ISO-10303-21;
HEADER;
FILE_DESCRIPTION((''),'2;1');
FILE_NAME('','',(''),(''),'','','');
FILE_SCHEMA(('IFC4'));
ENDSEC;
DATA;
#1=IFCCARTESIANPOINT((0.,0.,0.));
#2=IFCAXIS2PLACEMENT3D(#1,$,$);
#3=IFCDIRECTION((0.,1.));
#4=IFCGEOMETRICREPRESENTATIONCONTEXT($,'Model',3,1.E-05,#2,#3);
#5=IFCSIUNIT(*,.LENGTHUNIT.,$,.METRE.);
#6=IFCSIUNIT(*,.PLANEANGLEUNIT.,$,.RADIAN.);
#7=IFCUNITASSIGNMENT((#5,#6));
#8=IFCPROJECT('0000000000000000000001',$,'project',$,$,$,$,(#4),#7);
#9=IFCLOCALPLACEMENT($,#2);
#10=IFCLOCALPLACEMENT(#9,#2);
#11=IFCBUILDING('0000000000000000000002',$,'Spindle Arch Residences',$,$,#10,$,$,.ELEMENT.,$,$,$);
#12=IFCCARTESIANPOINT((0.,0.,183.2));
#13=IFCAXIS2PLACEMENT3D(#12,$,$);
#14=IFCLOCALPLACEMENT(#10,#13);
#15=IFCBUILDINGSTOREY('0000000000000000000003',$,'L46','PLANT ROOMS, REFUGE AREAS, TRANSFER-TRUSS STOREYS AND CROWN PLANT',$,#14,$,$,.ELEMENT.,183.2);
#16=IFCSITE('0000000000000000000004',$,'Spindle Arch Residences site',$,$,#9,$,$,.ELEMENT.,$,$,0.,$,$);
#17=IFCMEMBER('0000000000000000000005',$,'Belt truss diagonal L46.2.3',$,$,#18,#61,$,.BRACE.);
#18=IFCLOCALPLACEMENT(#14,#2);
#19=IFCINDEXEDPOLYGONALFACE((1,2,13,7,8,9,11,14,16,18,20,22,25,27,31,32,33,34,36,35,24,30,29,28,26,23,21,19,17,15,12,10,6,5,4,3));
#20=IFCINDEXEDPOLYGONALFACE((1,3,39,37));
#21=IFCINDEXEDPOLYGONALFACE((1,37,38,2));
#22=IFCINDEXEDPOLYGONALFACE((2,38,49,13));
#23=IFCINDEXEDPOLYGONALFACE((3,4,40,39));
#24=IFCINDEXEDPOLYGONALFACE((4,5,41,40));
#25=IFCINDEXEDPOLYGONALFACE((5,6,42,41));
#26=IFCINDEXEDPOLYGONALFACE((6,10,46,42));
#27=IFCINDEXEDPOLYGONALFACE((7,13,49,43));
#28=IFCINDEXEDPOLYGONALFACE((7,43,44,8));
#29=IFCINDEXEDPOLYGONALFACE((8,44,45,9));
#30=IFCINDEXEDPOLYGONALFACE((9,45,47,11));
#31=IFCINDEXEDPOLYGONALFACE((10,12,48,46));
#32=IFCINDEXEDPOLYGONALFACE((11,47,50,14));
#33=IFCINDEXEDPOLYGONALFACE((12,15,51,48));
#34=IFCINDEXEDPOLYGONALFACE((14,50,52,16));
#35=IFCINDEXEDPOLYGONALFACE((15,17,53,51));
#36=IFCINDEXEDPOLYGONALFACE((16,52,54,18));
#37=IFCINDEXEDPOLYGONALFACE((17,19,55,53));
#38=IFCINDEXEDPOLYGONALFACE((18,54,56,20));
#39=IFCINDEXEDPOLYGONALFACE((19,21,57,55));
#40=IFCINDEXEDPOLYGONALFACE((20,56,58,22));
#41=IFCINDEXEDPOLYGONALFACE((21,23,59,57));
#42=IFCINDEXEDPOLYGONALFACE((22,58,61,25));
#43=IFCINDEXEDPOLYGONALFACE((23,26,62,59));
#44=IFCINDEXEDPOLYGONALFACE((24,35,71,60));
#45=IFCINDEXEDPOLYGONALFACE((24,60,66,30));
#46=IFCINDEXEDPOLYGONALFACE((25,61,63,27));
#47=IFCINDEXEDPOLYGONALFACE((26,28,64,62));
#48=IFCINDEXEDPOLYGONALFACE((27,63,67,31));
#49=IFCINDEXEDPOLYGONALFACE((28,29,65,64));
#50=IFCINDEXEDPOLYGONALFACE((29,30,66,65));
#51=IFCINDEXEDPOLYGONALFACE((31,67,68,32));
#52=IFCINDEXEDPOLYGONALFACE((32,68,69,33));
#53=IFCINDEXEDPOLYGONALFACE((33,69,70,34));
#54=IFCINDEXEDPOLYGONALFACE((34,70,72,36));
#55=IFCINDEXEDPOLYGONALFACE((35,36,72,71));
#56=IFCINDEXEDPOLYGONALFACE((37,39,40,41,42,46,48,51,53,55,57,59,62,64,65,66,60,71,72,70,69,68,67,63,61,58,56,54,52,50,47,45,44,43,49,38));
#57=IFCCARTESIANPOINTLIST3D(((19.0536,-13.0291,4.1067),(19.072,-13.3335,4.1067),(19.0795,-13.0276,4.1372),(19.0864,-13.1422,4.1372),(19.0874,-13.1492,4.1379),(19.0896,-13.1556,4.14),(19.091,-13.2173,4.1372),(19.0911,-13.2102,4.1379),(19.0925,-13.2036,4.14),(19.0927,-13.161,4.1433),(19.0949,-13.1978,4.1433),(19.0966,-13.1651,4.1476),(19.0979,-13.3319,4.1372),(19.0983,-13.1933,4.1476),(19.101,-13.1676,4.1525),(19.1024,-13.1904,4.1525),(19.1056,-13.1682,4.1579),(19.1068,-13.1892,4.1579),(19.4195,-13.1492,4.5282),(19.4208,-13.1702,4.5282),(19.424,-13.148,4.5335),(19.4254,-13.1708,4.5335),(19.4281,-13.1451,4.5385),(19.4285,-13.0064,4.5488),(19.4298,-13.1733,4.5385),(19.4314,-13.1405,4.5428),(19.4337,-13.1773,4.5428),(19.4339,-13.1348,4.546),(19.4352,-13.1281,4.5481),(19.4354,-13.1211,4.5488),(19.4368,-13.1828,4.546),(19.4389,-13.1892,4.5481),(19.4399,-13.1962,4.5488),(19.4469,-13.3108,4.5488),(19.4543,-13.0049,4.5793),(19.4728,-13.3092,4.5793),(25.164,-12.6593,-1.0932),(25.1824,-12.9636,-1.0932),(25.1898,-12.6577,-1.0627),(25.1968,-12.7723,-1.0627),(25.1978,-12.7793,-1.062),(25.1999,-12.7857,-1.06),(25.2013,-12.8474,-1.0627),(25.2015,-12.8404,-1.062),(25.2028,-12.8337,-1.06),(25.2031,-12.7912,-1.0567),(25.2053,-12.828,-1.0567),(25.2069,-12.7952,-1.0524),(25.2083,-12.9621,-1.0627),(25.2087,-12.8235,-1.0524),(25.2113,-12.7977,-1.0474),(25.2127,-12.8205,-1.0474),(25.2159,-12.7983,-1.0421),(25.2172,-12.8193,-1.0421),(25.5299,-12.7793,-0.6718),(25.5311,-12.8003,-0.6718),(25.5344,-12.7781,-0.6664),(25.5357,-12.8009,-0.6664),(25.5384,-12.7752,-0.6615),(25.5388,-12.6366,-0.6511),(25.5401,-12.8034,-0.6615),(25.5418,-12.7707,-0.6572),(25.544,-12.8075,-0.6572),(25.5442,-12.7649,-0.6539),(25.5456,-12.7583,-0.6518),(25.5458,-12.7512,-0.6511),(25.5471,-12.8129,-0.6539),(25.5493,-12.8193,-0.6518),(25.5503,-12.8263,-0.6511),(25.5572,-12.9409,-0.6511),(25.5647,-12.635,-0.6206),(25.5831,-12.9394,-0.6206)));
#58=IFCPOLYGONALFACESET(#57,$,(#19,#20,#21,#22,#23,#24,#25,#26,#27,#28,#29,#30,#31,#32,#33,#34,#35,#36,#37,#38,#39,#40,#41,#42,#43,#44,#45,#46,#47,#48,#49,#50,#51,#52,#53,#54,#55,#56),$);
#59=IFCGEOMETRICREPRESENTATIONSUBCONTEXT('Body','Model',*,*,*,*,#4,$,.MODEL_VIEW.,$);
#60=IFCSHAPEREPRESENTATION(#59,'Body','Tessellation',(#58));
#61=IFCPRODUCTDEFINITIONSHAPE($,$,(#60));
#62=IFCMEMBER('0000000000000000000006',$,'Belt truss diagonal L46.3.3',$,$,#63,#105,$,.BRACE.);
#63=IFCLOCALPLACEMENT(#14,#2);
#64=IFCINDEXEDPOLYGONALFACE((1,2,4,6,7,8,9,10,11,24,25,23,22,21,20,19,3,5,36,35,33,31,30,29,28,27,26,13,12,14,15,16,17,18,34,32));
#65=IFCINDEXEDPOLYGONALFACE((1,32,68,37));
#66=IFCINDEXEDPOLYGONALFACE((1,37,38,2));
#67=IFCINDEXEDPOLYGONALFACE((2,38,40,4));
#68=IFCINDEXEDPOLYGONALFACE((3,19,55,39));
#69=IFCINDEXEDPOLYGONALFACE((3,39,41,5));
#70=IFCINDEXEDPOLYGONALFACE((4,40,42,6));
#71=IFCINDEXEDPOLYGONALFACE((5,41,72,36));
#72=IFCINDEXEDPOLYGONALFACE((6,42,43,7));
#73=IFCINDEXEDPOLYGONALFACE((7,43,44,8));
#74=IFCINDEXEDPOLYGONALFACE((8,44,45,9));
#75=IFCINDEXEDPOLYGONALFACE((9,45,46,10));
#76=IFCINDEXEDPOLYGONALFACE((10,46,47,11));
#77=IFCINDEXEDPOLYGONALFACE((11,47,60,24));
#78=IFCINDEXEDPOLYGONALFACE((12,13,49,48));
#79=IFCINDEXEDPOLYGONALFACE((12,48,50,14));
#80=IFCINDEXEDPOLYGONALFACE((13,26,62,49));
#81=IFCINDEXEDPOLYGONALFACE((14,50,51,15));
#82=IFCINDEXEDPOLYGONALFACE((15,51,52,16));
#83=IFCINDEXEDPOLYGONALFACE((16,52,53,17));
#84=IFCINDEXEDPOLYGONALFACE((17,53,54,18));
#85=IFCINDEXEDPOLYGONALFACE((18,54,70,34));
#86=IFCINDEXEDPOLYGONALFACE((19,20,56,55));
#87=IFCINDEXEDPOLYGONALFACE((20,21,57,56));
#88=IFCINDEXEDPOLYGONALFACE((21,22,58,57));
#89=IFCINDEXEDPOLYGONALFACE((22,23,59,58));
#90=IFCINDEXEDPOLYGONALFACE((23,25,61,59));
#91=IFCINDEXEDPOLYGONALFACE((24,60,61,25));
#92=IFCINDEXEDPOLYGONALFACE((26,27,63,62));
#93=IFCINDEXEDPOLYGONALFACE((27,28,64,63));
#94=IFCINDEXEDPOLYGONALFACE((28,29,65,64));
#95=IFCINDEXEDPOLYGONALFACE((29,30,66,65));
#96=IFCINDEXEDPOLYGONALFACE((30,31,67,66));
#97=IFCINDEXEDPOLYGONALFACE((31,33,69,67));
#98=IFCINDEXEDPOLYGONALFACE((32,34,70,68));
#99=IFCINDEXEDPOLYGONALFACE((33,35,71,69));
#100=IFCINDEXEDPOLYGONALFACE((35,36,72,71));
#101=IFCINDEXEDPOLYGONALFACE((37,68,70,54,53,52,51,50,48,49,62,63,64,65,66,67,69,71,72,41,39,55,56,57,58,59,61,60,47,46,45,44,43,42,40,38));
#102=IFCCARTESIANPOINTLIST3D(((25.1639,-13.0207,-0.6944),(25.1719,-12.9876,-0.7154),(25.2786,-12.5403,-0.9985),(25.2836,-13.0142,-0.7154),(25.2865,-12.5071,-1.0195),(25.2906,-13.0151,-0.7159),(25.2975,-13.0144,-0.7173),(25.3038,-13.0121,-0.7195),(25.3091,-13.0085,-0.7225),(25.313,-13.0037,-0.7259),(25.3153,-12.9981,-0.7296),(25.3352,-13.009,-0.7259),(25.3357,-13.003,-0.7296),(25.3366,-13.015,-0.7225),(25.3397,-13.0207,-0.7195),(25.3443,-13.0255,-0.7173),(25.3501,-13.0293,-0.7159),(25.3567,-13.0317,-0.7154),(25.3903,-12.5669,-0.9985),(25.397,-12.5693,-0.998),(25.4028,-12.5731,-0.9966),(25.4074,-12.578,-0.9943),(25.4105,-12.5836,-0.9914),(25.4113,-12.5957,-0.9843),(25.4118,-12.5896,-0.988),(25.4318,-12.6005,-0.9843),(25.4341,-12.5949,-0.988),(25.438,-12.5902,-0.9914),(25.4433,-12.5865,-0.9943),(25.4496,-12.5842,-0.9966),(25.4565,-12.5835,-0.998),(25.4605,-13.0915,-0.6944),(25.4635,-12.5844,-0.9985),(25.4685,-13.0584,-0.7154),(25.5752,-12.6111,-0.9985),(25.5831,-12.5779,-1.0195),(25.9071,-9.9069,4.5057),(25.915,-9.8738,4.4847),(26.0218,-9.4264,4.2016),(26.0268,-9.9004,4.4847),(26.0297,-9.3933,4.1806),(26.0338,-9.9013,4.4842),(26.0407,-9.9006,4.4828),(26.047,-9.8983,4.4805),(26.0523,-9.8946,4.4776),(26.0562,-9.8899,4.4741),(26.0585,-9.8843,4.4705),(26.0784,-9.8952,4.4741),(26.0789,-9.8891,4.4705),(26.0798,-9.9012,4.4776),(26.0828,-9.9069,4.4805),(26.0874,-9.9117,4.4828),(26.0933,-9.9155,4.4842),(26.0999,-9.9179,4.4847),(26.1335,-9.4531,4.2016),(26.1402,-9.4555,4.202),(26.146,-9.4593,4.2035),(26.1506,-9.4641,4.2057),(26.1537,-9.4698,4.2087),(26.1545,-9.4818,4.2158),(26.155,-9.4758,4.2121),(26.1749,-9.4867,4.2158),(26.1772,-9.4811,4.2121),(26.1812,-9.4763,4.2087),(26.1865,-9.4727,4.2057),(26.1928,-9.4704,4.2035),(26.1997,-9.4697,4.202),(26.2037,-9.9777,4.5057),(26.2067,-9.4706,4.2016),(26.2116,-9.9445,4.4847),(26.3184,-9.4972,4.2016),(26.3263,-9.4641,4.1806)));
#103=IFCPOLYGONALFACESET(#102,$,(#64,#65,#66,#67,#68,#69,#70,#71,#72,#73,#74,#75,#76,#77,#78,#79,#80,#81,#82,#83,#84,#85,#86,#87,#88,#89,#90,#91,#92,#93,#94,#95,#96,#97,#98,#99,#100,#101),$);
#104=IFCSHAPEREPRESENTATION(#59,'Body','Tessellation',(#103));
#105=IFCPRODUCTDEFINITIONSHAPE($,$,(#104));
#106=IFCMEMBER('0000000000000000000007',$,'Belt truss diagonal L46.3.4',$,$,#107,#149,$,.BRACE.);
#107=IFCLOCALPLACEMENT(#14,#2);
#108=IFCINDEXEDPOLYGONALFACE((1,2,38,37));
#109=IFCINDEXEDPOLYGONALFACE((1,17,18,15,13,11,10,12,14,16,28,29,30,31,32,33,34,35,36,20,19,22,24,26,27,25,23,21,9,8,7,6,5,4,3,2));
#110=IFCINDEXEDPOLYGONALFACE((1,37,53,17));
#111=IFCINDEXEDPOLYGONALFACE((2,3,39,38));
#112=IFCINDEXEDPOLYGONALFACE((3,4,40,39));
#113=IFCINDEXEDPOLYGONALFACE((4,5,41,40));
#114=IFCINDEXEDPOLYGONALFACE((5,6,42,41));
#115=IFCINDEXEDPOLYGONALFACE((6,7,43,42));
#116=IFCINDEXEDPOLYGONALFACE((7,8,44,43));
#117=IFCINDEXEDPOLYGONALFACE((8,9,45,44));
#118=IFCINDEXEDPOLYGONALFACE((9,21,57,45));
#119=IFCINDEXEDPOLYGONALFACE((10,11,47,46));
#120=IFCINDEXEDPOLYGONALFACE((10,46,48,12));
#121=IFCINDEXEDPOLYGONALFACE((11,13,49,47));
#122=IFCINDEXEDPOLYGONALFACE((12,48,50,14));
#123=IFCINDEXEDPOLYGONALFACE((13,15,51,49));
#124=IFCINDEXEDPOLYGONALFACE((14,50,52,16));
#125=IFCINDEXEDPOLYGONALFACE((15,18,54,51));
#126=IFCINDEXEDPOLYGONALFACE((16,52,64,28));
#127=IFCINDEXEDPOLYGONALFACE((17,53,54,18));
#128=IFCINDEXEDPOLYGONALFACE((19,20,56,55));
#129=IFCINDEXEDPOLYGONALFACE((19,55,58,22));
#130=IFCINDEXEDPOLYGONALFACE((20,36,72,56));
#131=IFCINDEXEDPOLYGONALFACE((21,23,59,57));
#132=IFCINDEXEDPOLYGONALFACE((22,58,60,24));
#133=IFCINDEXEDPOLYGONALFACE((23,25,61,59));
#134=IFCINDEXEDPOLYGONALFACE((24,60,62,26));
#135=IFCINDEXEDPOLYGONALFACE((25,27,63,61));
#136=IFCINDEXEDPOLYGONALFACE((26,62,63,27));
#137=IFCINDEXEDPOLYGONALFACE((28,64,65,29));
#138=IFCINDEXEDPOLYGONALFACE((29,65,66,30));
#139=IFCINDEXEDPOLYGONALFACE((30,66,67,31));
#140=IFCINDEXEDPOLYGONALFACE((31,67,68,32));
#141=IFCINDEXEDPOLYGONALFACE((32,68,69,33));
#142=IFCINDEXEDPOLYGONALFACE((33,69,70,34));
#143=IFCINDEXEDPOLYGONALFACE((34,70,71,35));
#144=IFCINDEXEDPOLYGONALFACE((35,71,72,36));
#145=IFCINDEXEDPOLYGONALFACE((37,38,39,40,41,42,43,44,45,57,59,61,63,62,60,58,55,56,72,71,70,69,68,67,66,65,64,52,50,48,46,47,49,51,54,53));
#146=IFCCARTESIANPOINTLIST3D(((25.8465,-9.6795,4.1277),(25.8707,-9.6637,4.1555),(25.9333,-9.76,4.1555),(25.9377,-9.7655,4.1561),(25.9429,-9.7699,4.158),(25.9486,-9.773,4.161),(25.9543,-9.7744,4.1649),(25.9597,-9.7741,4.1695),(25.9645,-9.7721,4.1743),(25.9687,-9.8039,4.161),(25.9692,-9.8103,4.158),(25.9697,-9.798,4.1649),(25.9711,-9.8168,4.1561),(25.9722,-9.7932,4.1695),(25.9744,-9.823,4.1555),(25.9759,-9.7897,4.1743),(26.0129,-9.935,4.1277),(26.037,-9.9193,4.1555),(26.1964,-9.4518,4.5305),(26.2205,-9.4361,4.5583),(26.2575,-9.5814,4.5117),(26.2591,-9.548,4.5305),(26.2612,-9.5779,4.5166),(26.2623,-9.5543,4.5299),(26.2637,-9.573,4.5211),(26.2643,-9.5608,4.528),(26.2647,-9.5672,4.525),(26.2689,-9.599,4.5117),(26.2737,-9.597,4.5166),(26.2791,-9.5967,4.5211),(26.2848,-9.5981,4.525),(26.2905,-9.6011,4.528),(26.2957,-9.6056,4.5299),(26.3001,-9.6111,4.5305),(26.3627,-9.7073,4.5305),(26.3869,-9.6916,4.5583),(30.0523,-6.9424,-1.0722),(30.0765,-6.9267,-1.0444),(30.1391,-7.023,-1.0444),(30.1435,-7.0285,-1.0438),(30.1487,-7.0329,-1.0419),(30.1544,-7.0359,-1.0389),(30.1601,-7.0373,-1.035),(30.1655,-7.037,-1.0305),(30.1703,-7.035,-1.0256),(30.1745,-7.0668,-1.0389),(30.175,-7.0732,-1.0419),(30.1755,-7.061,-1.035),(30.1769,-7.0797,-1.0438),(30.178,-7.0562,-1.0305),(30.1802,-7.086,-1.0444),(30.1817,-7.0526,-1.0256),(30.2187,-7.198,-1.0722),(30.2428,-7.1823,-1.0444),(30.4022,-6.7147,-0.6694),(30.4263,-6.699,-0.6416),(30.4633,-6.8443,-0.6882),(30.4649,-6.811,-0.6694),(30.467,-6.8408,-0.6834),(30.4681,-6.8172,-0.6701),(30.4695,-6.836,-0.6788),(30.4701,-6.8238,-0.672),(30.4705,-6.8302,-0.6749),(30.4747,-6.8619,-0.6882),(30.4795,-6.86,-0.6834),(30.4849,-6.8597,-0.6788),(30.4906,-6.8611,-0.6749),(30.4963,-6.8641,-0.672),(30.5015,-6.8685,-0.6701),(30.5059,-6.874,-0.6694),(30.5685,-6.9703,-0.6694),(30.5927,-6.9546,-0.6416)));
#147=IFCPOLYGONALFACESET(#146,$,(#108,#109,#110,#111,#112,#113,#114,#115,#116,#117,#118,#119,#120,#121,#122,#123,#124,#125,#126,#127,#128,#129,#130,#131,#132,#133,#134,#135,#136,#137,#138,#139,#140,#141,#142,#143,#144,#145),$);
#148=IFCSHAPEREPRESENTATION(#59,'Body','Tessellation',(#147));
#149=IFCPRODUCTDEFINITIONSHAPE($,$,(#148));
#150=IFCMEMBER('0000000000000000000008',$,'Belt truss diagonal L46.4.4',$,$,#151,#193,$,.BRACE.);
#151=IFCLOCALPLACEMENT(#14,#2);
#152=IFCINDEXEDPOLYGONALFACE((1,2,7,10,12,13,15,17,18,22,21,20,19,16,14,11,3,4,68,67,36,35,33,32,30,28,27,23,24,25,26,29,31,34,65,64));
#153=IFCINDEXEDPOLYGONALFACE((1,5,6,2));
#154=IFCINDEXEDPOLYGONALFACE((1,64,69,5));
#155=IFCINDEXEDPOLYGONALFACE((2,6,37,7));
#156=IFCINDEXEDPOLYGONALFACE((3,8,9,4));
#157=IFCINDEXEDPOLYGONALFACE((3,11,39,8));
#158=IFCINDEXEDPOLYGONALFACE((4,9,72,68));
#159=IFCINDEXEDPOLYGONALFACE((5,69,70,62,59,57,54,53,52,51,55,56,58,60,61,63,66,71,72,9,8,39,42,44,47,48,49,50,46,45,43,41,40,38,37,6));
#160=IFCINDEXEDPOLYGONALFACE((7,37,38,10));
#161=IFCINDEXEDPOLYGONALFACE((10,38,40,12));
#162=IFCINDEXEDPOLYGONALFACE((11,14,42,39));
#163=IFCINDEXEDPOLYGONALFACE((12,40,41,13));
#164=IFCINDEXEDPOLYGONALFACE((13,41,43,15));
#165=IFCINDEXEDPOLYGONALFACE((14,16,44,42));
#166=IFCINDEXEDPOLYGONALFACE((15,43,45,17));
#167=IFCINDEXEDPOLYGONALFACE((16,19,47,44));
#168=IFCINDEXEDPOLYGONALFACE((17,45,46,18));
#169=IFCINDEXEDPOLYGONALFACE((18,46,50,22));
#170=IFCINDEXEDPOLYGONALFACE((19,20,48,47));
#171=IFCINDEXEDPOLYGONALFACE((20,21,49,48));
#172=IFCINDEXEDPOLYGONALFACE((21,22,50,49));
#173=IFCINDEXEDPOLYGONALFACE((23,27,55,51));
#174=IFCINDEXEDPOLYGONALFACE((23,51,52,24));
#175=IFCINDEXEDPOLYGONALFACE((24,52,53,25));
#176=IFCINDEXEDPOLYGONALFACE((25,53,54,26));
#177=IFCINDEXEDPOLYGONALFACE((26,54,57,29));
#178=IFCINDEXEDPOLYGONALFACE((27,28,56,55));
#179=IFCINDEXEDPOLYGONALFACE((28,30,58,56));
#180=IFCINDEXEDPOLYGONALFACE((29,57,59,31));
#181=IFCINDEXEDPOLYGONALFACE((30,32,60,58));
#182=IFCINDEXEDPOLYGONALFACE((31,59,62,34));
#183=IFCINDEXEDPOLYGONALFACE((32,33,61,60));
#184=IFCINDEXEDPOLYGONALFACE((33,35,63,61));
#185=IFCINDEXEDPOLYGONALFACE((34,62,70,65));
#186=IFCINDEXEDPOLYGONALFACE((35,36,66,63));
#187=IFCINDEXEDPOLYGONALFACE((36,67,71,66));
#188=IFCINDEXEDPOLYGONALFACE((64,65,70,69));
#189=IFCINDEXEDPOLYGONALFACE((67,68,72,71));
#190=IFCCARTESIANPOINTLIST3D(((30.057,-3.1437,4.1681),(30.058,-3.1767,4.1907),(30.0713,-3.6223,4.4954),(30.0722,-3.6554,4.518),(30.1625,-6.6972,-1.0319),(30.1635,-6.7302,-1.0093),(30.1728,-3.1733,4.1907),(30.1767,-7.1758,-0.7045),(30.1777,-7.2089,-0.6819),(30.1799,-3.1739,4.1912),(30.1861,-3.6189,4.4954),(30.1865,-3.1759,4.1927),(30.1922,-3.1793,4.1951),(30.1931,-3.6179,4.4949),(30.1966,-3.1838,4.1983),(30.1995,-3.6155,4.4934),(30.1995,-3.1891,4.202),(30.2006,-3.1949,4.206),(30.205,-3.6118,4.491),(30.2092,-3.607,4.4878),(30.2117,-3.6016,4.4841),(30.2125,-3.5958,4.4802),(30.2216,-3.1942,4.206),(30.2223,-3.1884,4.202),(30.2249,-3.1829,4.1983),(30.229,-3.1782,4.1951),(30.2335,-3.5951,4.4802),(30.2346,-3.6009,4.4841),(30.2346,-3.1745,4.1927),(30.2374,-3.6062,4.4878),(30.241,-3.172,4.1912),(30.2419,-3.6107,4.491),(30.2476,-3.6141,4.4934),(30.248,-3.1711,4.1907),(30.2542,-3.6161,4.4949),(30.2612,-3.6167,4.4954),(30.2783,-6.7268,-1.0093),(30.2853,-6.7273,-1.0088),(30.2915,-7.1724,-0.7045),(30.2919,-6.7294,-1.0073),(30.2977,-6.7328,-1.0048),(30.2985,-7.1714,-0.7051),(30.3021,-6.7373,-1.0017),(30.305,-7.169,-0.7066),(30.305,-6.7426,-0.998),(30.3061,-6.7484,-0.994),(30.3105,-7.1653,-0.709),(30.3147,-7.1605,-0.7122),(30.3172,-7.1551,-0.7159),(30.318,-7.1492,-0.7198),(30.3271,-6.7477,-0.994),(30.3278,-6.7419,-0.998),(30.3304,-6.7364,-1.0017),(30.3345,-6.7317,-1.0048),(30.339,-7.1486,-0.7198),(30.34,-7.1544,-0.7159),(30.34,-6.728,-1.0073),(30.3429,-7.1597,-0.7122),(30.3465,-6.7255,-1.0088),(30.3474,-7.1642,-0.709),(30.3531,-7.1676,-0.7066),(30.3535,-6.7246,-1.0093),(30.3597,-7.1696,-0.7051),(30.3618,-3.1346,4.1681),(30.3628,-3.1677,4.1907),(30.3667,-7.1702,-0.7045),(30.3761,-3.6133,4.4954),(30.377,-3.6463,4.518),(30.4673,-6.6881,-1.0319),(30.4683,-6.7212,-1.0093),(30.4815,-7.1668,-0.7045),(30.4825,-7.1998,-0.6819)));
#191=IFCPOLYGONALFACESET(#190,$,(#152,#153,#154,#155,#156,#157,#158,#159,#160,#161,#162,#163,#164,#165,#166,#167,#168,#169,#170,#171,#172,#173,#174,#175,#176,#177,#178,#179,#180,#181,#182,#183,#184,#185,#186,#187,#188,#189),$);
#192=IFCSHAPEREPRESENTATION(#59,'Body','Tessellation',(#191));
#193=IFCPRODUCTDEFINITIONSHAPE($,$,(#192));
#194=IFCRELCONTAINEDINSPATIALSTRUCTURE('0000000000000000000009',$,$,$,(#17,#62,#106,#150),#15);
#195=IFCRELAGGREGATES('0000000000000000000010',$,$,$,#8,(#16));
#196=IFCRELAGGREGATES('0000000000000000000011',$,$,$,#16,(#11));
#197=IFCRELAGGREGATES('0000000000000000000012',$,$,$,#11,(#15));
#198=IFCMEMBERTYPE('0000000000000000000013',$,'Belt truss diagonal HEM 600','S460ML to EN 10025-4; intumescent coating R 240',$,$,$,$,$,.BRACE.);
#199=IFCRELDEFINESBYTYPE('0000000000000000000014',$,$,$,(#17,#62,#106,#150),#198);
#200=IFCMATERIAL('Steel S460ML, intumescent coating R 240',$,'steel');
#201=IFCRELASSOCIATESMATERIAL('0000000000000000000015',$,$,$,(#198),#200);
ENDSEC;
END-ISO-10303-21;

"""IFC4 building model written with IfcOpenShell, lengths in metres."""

from ifc_helpers import new_model, si_unit, direction, frame, origin, origin_2d, place, context, subcontext, project, spatial, i_section, extrude, material, material_profile, profile_set, type_object, element, save


model = new_model("IFC4")

# Units and contexts
model_context = context("Model", 3, precision=1e-05, world=origin(), true_north=direction((0.0, 1.0)))
body_context = subcontext(model_context, "Body", "Model", "MODEL_VIEW")
ifc_project = project(units=[si_unit("LENGTHUNIT", "METRE"), si_unit("PLANEANGLEUNIT", "RADIAN")], contexts=[model_context])

# Site, building, storey
site_placement = place(None, origin())
site = spatial("IfcSite", under=ifc_project, at=site_placement, Name="Spindle Arch Residences site", CompositionType="ELEMENT", RefElevation=0.0)
building_placement = place(site_placement, origin())
building = spatial("IfcBuilding", under=site, at=building_placement, Name="Spindle Arch Residences", CompositionType="ELEMENT")
storey_placement = place(building_placement, frame((0.0, 0.0, 183.2)))
storey = spatial("IfcBuildingStorey", under=building, at=storey_placement, Name="L46", Description="PLANT ROOMS, REFUGE AREAS, TRANSFER-TRUSS STOREYS AND CROWN PLANT", CompositionType="ELEMENT", Elevation=183.2)

# Members
ifc_material_1 = material(Name="Steel S460ML, intumescent coating R 240", Category="steel")
ifc_material_profile_1 = material_profile(ifc_material_1, i_section(OverallWidth=0.3049, OverallDepth=0.6201, WebThickness=0.021, FlangeThickness=0.04, FilletRadius=0.0271, at=origin_2d()), Name="HEM 600")
ifc_profile_set_1 = profile_set([ifc_material_profile_1], Name="Steel S460ML, intumescent coating R 240")
member_type_1 = type_object("IfcMemberType", Name="Belt truss diagonal HEM 600", Description="S460ML to EN 10025-4; intumescent coating R 240", PredefinedType="BRACE", material=ifc_profile_set_1)
member_1_placement = place(storey_placement, frame((25.3735, -12.7993, -0.8569), z_axis=(-0.760753, -0.04605, 0.647406), x_axis=(0.060422, -0.998173, 0.0)))
element("IfcMember", 1, at=member_1_placement, inside=storey, type_object=member_type_1, Name="Belt truss diagonal L46.2.3", PredefinedType="BRACE", context=body_context, shape_type="SweptSolid", body=[
    extrude(i_section(OverallWidth=0.3049, OverallDepth=0.6201, WebThickness=0.021, FlangeThickness=0.04, FilletRadius=0.0271, at=origin_2d()), origin(), (0.0, 0.0, 1.0), 8.032),
])
member_2_placement = place(storey_placement, frame((25.3735, -12.7993, -0.8569), z_axis=(0.121704, 0.509924, 0.851566), x_axis=(-0.97268, 0.23215, 0.0)))
element("IfcMember", 2, at=member_2_placement, inside=storey, type_object=member_type_1, Name="Belt truss diagonal L46.3.3", PredefinedType="BRACE", context=body_context, shape_type="SweptSolid", body=[
    extrude(i_section(OverallWidth=0.3049, OverallDepth=0.6201, WebThickness=0.021, FlangeThickness=0.04, FilletRadius=0.0271, at=origin_2d()), origin(), (0.0, 0.0, 1.0), 6.1064),
])
member_3_placement = place(storey_placement, frame((30.3225, -6.9485, -0.8569), z_axis=(-0.582012, -0.378762, 0.719584), x_axis=(0.545448, -0.838144, 0.0)))
element("IfcMember", 3, at=member_3_placement, inside=storey, type_object=member_type_1, Name="Belt truss diagonal L46.3.4", PredefinedType="BRACE", context=body_context, shape_type="SweptSolid", body=[
    extrude(i_section(OverallWidth=0.3049, OverallDepth=0.6201, WebThickness=0.021, FlangeThickness=0.04, FilletRadius=0.0271, at=origin_2d()), origin(), (0.0, 0.0, 1.0), 7.2263),
])
member_4_placement = place(storey_placement, frame((30.3225, -6.9485, -0.8569), z_axis=(-0.016744, 0.564129, 0.825517), x_axis=(-0.99956, -0.029667, 0.0)))
element("IfcMember", 4, at=member_4_placement, inside=storey, type_object=member_type_1, Name="Belt truss diagonal L46.4.4", PredefinedType="BRACE", context=body_context, shape_type="SweptSolid", body=[
    extrude(i_section(OverallWidth=0.3049, OverallDepth=0.6201, WebThickness=0.021, FlangeThickness=0.04, FilletRadius=0.0271, at=origin_2d()), origin(), (0.0, 0.0, 1.0), 6.2991),
])

save(model, "model.ifc")
